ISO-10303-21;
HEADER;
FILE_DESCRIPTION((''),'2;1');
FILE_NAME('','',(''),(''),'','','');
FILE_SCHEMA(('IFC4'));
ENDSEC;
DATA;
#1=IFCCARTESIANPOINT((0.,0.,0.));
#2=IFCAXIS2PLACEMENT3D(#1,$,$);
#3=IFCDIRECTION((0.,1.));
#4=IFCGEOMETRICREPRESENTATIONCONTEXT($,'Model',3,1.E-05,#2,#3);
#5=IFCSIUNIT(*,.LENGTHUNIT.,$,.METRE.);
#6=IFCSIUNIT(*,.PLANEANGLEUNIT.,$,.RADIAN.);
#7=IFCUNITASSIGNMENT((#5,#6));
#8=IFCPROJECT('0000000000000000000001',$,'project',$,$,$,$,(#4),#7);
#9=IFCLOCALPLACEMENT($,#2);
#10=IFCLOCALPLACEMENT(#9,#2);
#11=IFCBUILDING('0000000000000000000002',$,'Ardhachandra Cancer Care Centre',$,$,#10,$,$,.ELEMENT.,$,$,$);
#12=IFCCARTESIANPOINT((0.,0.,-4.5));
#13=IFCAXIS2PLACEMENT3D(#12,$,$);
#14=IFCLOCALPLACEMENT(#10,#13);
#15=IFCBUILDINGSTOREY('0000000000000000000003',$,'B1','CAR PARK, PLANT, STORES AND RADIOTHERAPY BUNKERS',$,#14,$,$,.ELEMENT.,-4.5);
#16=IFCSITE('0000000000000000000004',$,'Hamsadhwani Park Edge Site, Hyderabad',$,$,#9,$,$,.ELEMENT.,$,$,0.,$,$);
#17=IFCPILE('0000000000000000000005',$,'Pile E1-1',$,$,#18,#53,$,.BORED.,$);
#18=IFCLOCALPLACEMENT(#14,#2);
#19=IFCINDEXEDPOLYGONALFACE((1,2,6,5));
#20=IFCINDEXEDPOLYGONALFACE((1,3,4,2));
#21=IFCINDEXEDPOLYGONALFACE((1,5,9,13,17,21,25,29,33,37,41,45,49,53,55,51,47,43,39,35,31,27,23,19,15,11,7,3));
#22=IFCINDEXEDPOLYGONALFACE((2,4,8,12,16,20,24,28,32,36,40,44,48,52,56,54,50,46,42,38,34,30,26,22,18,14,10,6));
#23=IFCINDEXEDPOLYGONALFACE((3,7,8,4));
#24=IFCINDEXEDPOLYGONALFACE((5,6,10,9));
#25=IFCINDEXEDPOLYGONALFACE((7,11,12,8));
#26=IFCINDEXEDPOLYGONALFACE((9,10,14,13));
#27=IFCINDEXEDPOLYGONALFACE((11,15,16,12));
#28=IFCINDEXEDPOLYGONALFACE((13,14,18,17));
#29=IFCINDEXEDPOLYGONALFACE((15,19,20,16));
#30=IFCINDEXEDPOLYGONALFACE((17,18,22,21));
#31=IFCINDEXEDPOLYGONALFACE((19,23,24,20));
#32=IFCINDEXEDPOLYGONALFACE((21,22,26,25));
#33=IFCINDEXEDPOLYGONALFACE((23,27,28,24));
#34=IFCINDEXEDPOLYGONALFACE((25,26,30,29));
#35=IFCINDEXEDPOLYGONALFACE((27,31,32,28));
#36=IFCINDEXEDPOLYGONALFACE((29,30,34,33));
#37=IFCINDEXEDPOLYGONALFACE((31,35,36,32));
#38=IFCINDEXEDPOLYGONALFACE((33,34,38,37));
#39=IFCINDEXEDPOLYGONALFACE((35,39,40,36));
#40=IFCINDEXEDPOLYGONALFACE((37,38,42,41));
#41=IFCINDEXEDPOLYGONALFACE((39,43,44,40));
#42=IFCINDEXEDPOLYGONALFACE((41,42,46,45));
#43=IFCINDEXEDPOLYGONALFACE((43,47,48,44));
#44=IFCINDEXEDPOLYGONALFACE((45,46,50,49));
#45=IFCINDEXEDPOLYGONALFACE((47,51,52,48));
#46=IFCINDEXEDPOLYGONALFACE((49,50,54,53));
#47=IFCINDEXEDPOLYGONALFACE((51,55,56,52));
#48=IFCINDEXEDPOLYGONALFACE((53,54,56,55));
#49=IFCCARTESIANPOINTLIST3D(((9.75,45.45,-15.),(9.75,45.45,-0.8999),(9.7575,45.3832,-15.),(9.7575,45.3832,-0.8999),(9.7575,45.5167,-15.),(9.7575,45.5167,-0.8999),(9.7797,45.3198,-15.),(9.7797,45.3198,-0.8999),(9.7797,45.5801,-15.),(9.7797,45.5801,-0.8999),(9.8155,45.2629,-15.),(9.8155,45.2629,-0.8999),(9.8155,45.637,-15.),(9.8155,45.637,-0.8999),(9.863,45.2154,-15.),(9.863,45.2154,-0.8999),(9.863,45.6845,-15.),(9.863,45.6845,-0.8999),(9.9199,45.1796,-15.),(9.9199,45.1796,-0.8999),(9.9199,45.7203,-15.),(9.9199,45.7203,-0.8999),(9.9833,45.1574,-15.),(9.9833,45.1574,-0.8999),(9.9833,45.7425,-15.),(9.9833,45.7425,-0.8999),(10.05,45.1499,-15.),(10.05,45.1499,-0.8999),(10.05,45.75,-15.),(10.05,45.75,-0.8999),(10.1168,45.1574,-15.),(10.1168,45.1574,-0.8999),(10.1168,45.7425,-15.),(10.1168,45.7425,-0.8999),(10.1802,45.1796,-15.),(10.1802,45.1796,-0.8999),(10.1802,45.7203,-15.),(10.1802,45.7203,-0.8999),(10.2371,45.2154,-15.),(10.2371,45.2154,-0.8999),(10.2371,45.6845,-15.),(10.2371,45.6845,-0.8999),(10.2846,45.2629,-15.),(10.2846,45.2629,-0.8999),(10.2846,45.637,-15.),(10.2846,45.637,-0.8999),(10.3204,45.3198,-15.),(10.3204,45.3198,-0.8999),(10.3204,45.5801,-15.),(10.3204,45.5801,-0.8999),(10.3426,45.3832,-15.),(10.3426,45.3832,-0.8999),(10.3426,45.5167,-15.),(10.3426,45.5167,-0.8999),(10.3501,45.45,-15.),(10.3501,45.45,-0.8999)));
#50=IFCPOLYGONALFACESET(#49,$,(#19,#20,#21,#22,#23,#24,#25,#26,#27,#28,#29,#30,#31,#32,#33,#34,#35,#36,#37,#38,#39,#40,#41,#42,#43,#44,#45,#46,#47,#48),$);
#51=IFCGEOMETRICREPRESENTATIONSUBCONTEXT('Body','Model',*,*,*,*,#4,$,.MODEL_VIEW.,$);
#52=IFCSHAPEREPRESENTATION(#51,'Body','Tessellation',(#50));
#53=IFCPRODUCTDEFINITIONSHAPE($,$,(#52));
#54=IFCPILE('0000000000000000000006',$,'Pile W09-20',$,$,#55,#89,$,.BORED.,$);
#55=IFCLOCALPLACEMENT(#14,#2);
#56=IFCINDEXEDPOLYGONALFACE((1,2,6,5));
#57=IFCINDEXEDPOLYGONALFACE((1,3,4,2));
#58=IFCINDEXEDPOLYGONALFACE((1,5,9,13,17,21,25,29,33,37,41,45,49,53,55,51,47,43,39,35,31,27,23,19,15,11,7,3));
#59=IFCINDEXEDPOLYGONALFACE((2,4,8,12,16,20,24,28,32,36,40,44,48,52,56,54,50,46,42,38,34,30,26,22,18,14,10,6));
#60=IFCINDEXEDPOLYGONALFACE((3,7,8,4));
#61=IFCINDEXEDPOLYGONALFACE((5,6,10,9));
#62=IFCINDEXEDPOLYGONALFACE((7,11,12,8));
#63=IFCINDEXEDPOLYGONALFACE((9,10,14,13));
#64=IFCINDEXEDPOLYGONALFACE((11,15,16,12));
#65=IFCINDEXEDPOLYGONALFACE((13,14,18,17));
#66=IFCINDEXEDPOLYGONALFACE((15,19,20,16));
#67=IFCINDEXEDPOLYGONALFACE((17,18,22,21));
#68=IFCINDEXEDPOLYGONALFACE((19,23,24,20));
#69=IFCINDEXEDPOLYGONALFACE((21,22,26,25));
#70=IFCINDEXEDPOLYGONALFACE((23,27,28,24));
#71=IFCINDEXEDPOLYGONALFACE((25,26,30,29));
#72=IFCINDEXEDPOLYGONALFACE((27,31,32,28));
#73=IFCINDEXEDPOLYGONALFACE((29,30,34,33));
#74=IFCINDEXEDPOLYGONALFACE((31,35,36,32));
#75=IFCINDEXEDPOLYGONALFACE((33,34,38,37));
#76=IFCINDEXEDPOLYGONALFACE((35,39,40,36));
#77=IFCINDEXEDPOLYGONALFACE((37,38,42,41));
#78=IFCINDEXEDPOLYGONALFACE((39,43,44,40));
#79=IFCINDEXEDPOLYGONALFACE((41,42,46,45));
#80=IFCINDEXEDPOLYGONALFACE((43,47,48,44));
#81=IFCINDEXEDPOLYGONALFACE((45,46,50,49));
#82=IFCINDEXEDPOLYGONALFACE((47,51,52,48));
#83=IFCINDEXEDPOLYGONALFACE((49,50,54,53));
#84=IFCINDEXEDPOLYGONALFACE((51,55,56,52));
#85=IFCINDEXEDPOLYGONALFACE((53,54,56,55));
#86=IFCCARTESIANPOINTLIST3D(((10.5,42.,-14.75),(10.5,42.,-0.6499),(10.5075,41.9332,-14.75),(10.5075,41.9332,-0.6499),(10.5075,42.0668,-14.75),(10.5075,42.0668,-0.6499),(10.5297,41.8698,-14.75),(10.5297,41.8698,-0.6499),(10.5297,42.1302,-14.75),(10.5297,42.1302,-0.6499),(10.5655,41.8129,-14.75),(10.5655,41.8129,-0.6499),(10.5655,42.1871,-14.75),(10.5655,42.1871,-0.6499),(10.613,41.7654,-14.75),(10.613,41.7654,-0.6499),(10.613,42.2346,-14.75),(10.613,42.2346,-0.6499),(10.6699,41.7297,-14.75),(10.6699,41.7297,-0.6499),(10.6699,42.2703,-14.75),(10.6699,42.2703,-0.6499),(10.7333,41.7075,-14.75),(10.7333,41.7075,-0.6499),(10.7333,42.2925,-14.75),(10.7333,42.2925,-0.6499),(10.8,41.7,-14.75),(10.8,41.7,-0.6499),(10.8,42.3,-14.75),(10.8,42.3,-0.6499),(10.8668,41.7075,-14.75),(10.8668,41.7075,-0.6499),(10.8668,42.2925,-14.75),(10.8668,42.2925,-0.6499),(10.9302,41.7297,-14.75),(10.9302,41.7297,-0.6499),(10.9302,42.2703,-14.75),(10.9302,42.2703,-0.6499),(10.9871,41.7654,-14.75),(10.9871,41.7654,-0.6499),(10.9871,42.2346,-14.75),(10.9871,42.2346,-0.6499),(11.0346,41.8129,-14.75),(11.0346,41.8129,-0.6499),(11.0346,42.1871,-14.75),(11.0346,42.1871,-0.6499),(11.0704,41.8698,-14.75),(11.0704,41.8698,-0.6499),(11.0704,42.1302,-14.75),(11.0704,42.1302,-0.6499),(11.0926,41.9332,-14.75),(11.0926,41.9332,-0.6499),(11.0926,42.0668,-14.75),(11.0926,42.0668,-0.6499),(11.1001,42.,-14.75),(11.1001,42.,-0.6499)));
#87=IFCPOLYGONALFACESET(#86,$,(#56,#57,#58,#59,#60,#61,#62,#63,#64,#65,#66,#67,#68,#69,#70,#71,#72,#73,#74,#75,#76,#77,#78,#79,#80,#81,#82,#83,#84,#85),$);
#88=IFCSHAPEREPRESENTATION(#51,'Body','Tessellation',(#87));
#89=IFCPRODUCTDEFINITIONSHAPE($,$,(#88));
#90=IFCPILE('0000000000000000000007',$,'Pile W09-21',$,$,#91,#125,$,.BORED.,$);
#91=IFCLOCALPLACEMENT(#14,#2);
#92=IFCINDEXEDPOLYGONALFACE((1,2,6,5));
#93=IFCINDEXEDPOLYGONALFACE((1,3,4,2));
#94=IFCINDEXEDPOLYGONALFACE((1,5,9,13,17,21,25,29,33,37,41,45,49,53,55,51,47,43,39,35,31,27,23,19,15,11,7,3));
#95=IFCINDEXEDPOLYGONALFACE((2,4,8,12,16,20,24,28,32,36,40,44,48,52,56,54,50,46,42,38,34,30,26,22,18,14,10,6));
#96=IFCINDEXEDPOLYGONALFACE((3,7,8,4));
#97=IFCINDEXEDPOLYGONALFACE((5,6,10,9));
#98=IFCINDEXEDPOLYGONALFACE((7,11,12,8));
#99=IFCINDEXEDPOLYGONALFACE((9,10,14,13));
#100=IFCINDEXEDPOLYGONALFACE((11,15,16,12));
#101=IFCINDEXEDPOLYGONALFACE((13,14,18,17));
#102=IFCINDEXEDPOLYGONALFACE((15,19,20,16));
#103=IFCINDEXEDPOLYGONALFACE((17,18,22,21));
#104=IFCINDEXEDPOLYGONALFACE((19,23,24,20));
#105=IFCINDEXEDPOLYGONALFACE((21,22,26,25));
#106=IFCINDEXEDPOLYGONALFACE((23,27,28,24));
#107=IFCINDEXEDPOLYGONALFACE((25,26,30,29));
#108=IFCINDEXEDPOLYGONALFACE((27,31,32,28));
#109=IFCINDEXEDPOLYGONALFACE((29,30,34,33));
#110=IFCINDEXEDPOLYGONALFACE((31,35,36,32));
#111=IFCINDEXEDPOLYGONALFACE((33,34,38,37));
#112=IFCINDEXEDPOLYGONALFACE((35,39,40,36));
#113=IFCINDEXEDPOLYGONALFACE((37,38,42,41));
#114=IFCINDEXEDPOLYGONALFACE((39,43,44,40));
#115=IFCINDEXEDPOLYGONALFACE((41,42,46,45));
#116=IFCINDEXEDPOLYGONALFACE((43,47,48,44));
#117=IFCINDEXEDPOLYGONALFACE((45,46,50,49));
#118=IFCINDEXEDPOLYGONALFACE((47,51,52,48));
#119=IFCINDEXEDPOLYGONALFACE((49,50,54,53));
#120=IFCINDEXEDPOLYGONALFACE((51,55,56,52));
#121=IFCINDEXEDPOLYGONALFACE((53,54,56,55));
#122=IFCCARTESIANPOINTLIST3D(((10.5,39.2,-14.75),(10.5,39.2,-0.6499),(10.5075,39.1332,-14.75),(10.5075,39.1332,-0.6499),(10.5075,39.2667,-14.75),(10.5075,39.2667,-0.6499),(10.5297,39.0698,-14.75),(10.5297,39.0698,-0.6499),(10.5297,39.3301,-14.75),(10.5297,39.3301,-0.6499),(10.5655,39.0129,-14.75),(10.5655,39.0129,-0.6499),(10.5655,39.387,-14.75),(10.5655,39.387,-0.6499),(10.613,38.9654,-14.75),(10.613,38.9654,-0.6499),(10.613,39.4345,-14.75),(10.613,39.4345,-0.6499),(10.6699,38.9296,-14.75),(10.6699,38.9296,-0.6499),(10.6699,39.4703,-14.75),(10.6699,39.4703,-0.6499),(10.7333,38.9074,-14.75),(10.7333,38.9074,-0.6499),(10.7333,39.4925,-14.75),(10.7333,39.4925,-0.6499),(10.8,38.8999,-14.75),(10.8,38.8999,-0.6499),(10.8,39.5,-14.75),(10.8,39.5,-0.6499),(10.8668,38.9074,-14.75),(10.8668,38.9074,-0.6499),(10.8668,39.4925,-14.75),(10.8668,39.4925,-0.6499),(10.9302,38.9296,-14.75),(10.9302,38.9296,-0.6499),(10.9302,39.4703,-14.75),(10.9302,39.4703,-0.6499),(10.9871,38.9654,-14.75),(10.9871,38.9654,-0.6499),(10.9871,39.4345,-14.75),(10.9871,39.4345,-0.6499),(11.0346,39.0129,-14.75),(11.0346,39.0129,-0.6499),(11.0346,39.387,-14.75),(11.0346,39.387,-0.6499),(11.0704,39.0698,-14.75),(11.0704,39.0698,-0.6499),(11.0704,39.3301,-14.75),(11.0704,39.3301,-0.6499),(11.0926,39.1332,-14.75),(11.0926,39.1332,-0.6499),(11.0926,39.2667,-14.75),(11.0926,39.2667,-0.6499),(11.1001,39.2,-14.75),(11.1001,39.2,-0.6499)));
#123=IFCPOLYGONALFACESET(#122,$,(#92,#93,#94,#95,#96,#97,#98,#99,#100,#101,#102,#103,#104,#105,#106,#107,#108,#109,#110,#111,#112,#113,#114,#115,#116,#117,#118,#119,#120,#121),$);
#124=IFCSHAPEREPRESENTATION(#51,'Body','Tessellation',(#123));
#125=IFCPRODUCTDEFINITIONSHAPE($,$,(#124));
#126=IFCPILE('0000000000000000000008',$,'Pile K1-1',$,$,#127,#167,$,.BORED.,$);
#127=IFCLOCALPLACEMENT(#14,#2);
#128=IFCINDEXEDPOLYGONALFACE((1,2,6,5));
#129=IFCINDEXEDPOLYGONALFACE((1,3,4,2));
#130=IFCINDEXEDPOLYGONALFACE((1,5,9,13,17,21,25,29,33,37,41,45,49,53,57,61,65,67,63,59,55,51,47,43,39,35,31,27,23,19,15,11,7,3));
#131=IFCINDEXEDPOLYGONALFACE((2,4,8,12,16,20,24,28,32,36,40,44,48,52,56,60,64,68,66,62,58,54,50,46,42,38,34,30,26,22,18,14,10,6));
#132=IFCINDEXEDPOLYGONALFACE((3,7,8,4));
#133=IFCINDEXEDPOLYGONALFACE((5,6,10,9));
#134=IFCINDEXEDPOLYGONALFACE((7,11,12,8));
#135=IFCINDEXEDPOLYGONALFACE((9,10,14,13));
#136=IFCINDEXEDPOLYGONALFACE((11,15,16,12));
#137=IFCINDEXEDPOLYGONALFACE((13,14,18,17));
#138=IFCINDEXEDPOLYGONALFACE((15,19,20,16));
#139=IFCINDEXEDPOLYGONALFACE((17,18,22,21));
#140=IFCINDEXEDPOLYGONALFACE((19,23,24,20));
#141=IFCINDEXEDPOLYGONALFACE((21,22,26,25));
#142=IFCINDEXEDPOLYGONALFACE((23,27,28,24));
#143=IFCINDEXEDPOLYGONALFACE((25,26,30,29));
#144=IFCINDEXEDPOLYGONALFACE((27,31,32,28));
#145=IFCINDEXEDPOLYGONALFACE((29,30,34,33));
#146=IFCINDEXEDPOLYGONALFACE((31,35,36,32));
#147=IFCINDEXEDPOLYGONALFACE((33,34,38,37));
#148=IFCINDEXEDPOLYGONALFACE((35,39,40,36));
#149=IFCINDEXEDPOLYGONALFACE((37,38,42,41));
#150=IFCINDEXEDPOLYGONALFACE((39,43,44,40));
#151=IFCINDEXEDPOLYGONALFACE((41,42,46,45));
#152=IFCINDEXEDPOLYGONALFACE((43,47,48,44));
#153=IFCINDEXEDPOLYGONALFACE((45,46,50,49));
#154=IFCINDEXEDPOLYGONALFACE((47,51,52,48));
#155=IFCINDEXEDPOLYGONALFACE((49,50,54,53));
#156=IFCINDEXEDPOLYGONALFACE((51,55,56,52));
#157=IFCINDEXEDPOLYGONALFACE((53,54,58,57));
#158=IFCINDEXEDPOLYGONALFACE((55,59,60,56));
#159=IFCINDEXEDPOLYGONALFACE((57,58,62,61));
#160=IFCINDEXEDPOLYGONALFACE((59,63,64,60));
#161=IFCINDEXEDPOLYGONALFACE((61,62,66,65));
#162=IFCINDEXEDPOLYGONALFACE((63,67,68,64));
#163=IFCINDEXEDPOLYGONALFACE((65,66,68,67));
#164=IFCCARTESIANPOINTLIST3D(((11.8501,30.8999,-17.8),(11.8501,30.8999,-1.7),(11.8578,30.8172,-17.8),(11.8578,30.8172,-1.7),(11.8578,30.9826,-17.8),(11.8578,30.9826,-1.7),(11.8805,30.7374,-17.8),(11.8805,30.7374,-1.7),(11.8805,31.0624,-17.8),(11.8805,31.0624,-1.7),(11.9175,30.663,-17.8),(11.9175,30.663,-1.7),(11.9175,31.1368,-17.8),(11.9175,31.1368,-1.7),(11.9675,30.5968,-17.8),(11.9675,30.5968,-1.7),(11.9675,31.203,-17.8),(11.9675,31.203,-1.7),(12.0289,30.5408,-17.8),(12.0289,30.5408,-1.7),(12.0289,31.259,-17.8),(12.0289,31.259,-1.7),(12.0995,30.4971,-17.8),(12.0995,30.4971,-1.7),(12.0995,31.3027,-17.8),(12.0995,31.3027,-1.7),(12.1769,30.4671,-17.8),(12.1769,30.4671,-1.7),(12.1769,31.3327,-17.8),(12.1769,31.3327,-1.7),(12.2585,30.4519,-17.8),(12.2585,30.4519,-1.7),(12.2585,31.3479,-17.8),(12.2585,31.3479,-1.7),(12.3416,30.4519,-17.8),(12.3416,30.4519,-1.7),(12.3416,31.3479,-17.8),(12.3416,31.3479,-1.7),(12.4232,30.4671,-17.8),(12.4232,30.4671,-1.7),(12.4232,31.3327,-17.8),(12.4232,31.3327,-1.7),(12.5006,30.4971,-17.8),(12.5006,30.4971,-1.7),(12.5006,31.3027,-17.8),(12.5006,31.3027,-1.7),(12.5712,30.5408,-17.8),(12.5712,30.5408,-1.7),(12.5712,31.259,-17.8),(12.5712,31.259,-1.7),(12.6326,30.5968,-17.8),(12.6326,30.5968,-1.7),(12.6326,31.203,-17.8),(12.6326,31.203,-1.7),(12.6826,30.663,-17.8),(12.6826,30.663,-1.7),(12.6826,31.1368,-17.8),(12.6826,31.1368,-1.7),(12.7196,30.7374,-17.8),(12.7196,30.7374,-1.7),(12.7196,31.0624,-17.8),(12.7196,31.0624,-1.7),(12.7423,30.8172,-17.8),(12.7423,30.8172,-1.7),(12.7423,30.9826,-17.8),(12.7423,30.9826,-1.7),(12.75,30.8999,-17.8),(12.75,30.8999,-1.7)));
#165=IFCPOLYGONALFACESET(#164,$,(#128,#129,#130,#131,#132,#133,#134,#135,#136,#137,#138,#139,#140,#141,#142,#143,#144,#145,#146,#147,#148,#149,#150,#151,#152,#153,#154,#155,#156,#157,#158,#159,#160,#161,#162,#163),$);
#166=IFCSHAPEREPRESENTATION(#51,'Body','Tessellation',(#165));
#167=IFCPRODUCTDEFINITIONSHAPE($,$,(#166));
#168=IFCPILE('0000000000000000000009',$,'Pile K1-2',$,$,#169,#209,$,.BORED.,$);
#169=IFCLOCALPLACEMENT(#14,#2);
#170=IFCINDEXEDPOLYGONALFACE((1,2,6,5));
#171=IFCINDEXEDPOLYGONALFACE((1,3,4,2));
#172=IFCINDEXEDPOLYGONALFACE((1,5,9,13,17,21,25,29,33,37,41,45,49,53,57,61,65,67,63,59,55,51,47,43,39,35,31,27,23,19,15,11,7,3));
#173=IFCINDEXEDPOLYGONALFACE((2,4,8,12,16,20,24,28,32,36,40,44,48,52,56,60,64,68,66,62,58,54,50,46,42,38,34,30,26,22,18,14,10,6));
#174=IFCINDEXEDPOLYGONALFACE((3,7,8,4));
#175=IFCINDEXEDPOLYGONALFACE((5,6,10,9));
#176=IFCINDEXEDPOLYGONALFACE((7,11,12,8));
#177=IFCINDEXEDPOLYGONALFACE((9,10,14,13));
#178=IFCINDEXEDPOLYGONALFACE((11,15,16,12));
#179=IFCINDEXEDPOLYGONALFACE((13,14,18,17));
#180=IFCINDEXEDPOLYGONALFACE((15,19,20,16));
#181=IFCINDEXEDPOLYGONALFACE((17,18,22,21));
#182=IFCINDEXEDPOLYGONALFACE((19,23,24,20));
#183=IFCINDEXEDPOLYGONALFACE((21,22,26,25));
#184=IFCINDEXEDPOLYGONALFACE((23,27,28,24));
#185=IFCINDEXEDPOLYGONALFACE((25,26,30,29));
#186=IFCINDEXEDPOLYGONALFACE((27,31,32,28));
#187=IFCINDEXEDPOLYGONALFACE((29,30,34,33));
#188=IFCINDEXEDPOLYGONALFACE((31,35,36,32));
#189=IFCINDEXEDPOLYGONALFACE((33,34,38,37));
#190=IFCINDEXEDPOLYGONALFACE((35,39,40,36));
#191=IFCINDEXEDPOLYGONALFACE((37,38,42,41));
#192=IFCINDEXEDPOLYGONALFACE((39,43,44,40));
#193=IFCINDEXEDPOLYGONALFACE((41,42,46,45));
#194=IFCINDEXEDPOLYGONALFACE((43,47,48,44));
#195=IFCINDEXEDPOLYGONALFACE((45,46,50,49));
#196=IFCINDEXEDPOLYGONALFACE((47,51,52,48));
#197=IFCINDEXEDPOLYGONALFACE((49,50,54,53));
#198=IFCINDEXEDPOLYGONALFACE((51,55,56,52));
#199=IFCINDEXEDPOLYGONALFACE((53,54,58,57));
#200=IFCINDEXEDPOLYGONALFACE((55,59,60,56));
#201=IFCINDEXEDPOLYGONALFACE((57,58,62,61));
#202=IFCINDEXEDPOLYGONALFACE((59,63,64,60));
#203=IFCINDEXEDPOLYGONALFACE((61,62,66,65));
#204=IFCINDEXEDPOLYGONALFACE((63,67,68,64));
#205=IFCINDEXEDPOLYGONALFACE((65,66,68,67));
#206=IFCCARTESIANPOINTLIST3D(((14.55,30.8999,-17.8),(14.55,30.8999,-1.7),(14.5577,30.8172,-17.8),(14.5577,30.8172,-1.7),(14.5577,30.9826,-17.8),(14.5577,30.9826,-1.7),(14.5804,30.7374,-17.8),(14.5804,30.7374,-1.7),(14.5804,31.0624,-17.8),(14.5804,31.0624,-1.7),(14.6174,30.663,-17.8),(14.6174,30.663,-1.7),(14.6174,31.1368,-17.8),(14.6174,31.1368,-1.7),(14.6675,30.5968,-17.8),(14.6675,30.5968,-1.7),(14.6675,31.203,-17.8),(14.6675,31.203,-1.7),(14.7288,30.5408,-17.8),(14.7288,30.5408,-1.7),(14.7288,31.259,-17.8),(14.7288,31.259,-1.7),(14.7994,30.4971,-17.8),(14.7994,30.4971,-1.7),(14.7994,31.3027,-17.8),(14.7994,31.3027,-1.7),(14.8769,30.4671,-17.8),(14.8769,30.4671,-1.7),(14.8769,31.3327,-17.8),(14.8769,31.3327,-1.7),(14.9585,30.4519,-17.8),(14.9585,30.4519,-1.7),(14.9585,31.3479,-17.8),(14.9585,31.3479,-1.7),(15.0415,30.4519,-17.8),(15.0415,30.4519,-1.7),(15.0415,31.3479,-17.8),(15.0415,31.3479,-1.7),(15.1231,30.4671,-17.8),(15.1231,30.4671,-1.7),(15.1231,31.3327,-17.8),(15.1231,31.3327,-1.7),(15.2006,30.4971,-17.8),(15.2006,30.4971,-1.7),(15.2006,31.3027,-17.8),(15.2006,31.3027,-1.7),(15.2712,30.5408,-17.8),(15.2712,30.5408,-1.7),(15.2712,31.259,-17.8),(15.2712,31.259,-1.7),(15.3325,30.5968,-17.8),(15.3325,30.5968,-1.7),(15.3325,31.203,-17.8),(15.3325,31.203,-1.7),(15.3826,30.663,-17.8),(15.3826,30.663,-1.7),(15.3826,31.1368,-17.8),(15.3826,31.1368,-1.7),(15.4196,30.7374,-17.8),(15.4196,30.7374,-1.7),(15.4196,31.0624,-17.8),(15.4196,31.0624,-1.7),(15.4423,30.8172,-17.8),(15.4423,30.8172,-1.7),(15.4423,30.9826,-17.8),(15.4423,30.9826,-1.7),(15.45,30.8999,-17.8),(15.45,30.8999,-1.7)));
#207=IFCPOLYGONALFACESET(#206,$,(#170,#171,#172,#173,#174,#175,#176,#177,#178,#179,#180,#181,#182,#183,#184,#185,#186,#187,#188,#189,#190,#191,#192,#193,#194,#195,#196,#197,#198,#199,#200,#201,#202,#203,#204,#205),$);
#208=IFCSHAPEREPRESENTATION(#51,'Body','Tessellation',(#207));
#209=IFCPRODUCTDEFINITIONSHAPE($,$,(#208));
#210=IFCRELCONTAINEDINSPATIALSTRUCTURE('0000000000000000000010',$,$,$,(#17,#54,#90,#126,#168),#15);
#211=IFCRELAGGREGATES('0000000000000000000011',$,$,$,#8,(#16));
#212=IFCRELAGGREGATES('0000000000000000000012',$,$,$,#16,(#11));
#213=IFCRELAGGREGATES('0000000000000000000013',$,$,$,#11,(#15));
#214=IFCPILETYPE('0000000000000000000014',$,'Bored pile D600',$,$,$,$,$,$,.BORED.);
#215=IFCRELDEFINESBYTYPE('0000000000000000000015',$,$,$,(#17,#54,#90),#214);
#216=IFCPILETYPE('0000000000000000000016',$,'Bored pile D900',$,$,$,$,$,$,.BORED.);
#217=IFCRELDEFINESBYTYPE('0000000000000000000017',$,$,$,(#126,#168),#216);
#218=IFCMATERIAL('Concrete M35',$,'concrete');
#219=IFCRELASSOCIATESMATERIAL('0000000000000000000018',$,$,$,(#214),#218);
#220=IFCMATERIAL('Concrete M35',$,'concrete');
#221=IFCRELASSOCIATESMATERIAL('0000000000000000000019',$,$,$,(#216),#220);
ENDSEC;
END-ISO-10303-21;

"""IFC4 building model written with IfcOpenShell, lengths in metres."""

from ifc_helpers import new_model, si_unit, direction, frame, origin, origin_2d, place, context, subcontext, project, spatial, circle, extrude, material, material_profile, profile_set, type_object, element, save


model = new_model("IFC4")

# Units and contexts
model_context = context("Model", 3, precision=1e-05, world=origin(), true_north=direction((0.0, 1.0)))
body_context = subcontext(model_context, "Body", "Model", "MODEL_VIEW")
ifc_project = project(units=[si_unit("LENGTHUNIT", "METRE"), si_unit("PLANEANGLEUNIT", "RADIAN")], contexts=[model_context])

# Site, building, storey
site_placement = place(None, origin())
site = spatial("IfcSite", under=ifc_project, at=site_placement, Name="Hamsadhwani Park Edge Site, Hyderabad", CompositionType="ELEMENT", RefElevation=0.0)
building_placement = place(site_placement, origin())
building = spatial("IfcBuilding", under=site, at=building_placement, Name="Ardhachandra Cancer Care Centre", CompositionType="ELEMENT")
storey_placement = place(building_placement, frame((0.0, 0.0, -4.5)))
storey = spatial("IfcBuildingStorey", under=building, at=storey_placement, Name="B1", Description="CAR PARK, PLANT, STORES AND RADIOTHERAPY BUNKERS", CompositionType="ELEMENT", Elevation=-4.5)

# Piles
ifc_material_1 = material(Name="Concrete M35", Category="concrete")
ifc_material_profile_1 = material_profile(ifc_material_1, circle(Radius=0.3, at=origin_2d()), Name="D600")
ifc_profile_set_1 = profile_set([ifc_material_profile_1], Name="Concrete M35")
pile_type_1 = type_object("IfcPileType", Name="Bored pile D600", PredefinedType="BORED", material=ifc_profile_set_1)
for number, where, z_axis, x_axis, name in (
    (1, (10.05, 45.45, -0.8999), (0.0, 0.0, -1.0), (1.0, 0.0, 0.0), "Pile E1-1"),
    (2, (10.8, 42.0, -0.6499), (0.0, 0.0, -1.0), (1.0, 0.0, 0.0), "Pile W09-20"),
    (3, (10.8, 39.2, -0.6499), (0.0, 0.0, -1.0), (1.0, 0.0, 0.0), "Pile W09-21"),
):
    element("IfcPile", number, at=place(storey_placement, frame(where, z_axis=z_axis, x_axis=x_axis)), inside=storey, type_object=pile_type_1, Name=name, PredefinedType="BORED", context=body_context, shape_type="SweptSolid", body=[
        extrude(circle(Radius=0.3, at=origin_2d()), origin(), (0.0, 0.0, 1.0), 14.1001),
    ])
ifc_material_2 = material(Name="Concrete M35", Category="concrete")
ifc_material_profile_2 = material_profile(ifc_material_2, circle(Radius=0.45, at=origin_2d()), Name="D900")
ifc_profile_set_2 = profile_set([ifc_material_profile_2], Name="Concrete M35")
pile_type_2 = type_object("IfcPileType", Name="Bored pile D900", PredefinedType="BORED", material=ifc_profile_set_2)
for number, where, z_axis, x_axis, name in (
    (4, (12.3, 30.8999, -1.7), (0.0, 0.0, -1.0), (1.0, 0.0, 0.0), "Pile K1-1"),
    (5, (15.0, 30.8999, -1.7), (0.0, 0.0, -1.0), (1.0, 0.0, 0.0), "Pile K1-2"),
):
    element("IfcPile", number, at=place(storey_placement, frame(where, z_axis=z_axis, x_axis=x_axis)), inside=storey, type_object=pile_type_2, Name=name, PredefinedType="BORED", context=body_context, shape_type="SweptSolid", body=[
        extrude(circle(Radius=0.45, at=origin_2d()), origin(), (0.0, 0.0, 1.0), 16.1001),
    ])

save(model, "model.ifc")
